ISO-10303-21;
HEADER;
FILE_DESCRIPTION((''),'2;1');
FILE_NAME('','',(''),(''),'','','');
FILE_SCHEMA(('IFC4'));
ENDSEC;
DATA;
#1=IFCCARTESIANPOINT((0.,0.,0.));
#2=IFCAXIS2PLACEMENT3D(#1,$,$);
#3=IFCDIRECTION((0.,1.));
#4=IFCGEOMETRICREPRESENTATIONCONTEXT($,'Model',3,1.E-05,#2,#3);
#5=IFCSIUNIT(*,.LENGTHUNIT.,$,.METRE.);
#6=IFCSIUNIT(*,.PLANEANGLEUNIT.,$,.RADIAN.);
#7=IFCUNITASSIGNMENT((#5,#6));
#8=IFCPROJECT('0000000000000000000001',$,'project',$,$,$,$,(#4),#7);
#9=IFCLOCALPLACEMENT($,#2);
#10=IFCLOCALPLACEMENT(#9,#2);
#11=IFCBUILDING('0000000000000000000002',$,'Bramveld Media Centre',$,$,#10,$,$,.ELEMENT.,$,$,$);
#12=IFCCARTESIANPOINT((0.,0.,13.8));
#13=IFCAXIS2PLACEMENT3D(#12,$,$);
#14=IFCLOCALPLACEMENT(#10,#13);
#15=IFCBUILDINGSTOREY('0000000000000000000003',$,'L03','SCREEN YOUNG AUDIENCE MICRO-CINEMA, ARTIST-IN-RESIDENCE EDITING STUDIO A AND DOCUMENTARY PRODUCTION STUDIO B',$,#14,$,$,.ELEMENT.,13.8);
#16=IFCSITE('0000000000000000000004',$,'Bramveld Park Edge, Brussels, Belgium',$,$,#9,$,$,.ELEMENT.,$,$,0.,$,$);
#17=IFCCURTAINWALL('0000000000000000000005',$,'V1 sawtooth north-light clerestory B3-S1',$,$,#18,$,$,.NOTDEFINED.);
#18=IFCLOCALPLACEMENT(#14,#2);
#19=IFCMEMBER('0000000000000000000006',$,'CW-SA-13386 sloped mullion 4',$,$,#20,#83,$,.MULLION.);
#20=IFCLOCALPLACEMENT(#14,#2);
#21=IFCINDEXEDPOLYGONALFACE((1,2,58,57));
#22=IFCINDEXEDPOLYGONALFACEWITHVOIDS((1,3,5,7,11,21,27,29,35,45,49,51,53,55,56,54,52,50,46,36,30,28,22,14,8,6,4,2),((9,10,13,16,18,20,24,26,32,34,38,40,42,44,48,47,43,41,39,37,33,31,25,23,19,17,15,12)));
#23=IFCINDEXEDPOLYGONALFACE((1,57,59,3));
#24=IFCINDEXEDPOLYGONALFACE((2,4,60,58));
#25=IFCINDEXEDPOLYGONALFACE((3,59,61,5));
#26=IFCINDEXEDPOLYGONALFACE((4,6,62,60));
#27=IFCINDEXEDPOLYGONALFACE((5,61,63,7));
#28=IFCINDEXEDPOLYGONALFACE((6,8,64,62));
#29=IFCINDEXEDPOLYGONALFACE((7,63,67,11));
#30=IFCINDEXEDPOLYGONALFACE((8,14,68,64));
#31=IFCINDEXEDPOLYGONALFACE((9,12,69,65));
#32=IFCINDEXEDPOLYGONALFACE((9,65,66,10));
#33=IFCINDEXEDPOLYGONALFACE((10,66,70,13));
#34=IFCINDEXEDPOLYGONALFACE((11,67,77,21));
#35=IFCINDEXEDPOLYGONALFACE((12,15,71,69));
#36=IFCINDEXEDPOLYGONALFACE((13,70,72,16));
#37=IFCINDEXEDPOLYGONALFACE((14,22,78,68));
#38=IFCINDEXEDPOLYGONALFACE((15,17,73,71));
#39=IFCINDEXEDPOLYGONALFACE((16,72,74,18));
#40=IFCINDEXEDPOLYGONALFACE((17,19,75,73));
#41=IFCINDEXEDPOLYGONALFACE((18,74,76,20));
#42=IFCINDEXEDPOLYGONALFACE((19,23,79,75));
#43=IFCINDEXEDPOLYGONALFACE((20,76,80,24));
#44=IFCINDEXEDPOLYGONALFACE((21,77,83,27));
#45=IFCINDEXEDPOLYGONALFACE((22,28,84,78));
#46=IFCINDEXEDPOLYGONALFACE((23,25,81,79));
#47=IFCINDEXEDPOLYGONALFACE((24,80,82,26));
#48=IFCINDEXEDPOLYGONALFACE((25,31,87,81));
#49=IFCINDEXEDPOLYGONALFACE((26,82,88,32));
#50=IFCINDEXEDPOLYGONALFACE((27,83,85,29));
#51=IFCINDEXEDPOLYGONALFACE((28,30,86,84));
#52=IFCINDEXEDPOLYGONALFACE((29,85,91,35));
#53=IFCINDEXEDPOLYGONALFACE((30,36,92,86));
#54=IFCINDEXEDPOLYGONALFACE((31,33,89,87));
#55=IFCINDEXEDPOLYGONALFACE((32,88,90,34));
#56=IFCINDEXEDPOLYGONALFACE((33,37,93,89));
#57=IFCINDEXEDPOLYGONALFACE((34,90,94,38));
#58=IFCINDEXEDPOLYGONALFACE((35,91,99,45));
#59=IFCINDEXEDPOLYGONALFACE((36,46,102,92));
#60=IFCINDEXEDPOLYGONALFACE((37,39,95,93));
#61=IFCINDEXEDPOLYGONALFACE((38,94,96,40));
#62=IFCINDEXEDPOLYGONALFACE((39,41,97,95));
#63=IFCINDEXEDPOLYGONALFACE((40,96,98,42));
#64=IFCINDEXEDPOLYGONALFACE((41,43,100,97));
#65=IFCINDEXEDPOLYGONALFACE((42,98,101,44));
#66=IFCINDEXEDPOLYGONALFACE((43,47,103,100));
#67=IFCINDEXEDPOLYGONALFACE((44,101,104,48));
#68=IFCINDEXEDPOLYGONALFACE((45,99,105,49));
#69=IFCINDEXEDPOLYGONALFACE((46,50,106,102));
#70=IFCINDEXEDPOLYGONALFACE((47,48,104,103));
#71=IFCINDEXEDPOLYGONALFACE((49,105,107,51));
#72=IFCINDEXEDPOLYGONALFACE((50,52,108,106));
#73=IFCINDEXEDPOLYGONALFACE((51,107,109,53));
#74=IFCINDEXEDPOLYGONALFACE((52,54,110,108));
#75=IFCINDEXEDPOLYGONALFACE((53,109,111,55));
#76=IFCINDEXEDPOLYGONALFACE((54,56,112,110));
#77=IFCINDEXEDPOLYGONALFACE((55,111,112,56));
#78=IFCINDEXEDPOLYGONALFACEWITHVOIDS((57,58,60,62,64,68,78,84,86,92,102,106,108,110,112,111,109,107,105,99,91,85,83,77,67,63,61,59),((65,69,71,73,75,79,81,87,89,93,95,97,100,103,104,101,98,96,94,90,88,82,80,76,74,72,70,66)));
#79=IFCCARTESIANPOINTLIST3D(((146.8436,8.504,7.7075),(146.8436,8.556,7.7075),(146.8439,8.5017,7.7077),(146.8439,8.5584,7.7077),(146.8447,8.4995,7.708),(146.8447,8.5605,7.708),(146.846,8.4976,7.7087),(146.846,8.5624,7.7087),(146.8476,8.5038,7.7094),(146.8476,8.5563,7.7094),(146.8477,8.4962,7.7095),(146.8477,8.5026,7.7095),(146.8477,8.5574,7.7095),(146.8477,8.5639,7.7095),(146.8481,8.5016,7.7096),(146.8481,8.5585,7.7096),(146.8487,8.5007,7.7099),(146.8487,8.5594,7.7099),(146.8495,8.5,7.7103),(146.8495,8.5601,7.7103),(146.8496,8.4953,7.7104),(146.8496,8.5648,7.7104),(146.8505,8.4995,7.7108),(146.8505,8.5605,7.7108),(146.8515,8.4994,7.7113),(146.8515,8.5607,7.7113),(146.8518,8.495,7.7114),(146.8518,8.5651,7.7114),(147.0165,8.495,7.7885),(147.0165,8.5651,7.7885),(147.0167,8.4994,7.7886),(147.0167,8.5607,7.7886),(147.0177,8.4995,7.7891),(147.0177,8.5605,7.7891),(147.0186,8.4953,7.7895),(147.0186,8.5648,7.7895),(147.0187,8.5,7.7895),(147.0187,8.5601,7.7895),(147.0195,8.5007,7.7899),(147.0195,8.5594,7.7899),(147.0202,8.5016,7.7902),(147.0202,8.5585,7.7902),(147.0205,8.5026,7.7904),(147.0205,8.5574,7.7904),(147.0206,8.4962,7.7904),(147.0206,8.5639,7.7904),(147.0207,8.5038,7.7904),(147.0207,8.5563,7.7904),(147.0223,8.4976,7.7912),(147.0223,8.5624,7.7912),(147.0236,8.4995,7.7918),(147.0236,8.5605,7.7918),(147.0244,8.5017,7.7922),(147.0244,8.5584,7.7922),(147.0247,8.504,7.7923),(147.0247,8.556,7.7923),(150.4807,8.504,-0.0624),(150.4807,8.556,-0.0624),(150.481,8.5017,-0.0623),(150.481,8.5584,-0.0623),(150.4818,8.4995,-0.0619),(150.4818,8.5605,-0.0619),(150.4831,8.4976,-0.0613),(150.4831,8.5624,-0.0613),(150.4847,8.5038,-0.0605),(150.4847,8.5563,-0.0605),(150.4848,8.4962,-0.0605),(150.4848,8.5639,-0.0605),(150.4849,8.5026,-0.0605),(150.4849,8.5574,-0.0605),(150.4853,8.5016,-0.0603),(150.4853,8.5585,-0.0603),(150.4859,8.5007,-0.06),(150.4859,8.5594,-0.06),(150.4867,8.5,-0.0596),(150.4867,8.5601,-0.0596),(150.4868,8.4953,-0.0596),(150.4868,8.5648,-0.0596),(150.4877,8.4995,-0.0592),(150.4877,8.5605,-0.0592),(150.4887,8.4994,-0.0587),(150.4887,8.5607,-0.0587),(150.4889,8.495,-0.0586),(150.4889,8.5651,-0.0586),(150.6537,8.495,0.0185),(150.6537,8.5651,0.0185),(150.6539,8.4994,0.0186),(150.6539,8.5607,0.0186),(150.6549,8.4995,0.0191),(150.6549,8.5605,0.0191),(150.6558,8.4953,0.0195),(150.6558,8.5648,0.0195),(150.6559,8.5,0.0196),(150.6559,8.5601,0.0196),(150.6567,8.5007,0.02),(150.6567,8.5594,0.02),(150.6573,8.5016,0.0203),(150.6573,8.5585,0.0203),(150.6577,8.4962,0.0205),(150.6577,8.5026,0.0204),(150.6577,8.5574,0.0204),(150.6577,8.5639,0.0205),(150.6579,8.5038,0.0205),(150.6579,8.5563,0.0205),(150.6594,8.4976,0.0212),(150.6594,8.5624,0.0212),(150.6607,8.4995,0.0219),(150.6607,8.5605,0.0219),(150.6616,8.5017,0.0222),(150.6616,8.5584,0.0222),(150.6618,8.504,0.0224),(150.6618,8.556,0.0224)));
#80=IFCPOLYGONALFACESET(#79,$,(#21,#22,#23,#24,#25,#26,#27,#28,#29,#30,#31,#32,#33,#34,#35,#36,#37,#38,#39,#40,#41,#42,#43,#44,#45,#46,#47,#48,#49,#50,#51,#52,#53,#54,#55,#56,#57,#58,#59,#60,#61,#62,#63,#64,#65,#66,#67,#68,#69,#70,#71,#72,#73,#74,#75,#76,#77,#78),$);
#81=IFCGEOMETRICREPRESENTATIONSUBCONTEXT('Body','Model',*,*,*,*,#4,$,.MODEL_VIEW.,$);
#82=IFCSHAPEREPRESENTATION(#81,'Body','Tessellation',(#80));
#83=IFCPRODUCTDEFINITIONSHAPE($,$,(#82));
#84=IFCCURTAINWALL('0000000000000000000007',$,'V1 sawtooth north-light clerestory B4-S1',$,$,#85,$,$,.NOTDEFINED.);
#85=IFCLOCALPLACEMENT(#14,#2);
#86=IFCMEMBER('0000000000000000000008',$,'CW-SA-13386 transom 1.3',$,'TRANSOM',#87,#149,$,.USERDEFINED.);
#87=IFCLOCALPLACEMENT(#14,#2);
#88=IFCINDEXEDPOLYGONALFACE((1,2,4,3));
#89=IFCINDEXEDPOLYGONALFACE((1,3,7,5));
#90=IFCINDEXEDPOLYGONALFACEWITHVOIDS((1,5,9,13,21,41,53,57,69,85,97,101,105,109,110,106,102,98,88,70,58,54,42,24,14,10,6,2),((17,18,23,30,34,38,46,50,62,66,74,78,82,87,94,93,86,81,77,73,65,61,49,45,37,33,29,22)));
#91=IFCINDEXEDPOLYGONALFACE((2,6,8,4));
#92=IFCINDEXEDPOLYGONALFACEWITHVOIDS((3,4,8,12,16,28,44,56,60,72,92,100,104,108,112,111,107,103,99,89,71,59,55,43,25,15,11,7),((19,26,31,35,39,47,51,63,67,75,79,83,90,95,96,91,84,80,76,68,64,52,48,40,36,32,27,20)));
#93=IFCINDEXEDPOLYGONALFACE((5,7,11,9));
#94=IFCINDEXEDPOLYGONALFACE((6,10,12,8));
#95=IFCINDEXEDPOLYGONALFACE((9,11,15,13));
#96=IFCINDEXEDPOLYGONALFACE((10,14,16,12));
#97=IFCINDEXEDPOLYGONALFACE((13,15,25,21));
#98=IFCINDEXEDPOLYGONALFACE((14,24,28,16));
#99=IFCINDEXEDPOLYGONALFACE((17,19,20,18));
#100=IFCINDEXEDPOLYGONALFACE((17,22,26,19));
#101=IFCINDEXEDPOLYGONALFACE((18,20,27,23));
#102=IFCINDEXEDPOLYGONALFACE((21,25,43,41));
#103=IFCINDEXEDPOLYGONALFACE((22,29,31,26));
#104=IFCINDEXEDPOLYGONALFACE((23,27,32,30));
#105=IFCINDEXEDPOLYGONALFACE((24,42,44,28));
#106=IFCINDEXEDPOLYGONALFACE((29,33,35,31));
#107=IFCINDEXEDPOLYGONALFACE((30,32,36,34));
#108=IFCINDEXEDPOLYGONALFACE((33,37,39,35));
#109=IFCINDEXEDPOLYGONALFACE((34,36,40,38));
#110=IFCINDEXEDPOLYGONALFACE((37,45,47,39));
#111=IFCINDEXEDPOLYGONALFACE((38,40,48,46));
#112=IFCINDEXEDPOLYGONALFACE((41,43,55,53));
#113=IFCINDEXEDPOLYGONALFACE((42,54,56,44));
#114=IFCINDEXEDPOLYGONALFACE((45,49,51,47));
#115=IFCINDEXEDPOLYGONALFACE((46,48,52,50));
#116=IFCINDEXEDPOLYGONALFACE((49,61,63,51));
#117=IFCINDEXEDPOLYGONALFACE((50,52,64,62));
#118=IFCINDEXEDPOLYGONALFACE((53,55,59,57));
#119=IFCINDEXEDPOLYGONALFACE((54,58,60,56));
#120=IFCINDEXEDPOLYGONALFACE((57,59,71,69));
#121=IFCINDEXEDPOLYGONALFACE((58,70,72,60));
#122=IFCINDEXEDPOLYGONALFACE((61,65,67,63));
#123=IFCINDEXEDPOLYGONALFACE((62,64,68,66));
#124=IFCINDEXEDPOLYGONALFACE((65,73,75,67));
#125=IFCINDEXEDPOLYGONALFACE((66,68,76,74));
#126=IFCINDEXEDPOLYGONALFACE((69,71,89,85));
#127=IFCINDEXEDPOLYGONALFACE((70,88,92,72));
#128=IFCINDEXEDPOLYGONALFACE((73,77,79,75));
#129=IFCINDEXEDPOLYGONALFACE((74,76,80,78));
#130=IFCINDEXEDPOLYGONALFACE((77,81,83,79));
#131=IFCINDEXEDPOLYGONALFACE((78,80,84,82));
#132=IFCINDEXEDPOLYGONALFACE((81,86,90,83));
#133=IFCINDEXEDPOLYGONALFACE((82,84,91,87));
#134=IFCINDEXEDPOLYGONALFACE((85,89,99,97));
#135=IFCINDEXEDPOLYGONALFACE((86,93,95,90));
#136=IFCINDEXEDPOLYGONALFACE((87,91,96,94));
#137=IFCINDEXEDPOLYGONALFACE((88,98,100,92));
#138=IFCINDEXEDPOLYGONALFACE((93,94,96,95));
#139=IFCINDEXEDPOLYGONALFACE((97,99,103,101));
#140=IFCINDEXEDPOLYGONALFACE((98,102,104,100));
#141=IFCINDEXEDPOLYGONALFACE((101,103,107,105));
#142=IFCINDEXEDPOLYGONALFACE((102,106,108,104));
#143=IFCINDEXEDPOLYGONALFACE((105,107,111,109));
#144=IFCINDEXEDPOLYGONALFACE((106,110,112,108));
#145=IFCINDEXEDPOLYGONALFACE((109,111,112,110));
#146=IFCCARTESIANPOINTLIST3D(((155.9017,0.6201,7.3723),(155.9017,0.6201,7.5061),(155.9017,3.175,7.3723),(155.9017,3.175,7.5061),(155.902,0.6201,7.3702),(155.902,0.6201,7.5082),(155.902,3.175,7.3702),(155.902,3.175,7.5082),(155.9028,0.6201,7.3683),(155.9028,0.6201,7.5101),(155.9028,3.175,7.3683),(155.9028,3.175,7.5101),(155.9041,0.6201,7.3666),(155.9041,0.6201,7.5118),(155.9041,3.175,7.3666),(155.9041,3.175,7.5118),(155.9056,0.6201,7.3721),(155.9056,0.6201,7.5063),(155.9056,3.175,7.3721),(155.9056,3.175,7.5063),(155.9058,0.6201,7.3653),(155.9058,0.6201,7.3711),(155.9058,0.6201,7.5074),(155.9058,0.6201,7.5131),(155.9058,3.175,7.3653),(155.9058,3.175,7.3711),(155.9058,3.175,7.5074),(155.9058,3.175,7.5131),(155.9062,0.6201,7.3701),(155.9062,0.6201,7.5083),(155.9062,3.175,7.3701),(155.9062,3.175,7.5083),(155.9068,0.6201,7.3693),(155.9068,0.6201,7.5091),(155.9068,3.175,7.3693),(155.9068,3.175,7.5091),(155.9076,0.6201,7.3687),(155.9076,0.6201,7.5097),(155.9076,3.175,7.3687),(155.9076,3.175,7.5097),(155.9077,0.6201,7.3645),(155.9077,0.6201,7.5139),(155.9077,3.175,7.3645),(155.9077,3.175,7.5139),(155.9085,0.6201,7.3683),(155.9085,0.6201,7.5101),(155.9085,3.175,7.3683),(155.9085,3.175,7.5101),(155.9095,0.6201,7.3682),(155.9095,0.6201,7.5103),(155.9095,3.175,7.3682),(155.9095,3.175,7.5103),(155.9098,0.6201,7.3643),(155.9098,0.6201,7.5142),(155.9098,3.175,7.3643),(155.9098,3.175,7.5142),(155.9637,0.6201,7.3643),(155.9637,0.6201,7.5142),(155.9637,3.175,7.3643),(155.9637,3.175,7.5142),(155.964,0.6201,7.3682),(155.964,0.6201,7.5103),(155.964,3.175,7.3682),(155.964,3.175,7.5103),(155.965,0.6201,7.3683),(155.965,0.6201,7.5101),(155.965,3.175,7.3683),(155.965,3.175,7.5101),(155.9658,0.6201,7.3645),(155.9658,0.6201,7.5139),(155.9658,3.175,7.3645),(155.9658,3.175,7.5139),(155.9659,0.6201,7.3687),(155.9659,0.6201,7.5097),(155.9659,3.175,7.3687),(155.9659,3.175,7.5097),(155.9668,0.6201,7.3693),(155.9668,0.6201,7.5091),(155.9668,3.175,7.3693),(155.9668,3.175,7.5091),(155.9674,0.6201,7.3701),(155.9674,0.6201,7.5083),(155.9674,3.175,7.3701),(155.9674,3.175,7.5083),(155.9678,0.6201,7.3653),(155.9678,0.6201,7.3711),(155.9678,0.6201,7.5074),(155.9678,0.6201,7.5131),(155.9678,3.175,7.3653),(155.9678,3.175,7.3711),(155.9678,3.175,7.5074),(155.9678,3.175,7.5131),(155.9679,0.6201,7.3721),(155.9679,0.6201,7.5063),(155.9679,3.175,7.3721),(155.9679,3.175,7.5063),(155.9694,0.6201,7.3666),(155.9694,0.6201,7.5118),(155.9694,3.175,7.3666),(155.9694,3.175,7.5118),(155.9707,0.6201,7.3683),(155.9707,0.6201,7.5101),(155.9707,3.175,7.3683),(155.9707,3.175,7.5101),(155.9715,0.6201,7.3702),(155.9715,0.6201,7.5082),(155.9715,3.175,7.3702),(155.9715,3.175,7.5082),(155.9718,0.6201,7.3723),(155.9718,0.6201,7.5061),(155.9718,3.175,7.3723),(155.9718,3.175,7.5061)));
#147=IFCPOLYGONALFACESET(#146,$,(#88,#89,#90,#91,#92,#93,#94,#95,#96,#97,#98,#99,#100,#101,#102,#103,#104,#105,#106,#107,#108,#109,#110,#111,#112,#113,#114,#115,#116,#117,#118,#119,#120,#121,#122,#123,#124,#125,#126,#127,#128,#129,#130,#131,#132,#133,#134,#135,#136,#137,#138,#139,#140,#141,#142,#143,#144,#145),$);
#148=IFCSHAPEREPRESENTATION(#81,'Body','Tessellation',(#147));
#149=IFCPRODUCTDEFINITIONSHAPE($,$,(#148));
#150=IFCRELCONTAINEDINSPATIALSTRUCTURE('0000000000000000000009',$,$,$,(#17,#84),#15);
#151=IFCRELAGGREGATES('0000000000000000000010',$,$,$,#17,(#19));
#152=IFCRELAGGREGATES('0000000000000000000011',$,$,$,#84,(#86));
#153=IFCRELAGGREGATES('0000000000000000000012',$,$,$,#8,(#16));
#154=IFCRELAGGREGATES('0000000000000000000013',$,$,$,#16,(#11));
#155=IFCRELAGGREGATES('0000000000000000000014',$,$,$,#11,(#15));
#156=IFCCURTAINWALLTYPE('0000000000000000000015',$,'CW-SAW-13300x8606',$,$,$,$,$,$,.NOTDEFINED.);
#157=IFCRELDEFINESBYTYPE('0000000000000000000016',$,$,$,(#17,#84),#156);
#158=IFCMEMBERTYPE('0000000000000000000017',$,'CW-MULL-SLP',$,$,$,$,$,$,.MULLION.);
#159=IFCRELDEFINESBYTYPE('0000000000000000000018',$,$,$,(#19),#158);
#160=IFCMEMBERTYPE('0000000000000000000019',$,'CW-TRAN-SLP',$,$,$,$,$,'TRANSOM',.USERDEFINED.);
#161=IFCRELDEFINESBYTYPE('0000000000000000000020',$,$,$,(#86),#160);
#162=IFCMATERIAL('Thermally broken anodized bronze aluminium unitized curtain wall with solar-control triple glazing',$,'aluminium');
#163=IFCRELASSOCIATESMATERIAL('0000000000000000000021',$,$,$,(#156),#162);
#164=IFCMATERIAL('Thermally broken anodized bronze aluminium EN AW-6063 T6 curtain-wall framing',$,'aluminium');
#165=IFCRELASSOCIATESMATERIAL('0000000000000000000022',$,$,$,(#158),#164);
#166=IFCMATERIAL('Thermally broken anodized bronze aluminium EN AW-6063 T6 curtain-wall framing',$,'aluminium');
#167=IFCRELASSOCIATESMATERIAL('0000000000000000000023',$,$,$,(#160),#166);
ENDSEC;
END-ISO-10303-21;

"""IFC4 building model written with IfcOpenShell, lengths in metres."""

from ifc_helpers import new_model, si_unit, direction, frame, origin, origin_2d, place, context, subcontext, project, spatial, hollow_rectangle, extrude, material, material_profile, profile_set, type_object, element, aggregate, save


model = new_model("IFC4")

# Units and contexts
model_context = context("Model", 3, precision=1e-05, world=origin(), true_north=direction((0.0, 1.0)))
body_context = subcontext(model_context, "Body", "Model", "MODEL_VIEW")
ifc_project = project(units=[si_unit("LENGTHUNIT", "METRE"), si_unit("PLANEANGLEUNIT", "RADIAN")], contexts=[model_context])

# Site, building, storey
site_placement = place(None, origin())
site = spatial("IfcSite", under=ifc_project, at=site_placement, Name="Bramveld Park Edge, Brussels, Belgium", CompositionType="ELEMENT", RefElevation=0.0)
building_placement = place(site_placement, origin())
building = spatial("IfcBuilding", under=site, at=building_placement, Name="Bramveld Media Centre", CompositionType="ELEMENT")
storey_placement = place(building_placement, frame((0.0, 0.0, 13.8)))
storey = spatial("IfcBuildingStorey", under=building, at=storey_placement, Name="L03", Description="SCREEN YOUNG AUDIENCE MICRO-CINEMA, ARTIST-IN-RESIDENCE EDITING STUDIO A AND DOCUMENTARY PRODUCTION STUDIO B", CompositionType="ELEMENT", Elevation=13.8)

# Curtain walls, members
ifc_material_1 = material(Name="Thermally broken anodized bronze aluminium unitized curtain wall with solar-control triple glazing", Category="aluminium")
curtain_wall_type = type_object("IfcCurtainWallType", Name="CW-SAW-13300x8606", PredefinedType="NOTDEFINED", material=ifc_material_1)
curtain_wall_1_placement = place(storey_placement, origin())
curtain_wall_1 = element("IfcCurtainWall", 1, at=curtain_wall_1_placement, inside=storey, type_object=curtain_wall_type, Name="V1 sawtooth north-light clerestory B3-S1", PredefinedType="NOTDEFINED")
ifc_material_2 = material(Name="Thermally broken anodized bronze aluminium EN AW-6063 T6 curtain-wall framing", Category="aluminium")
ifc_material_profile_1 = material_profile(ifc_material_2, hollow_rectangle(XDim=0.0701, YDim=0.2, WallThickness=0.0044, InnerFilletRadius=0.0044, OuterFilletRadius=0.009, at=origin_2d()), Name="AL-MULL 70x200")
ifc_profile_set_1 = profile_set([ifc_material_profile_1], Name="Thermally broken anodized bronze aluminium EN AW-6063 T6 curtain-wall framing")
member_type_1 = type_object("IfcMemberType", Name="CW-MULL-SLP", PredefinedType="MULLION", material=ifc_profile_set_1)
member_1_placement = place(storey_placement, frame((150.5713, 8.53, -0.02), z_axis=(-0.423957, 0.0, 0.905682), x_axis=(0.0, -1.0, 0.0)))
member_1 = element("IfcMember", 2, at=member_1_placement, type_object=member_type_1, Name="CW-SA-13386 sloped mullion 4", PredefinedType="MULLION", context=body_context, shape_type="SweptSolid", body=[
    extrude(hollow_rectangle(XDim=0.0701, YDim=0.2, WallThickness=0.0044, InnerFilletRadius=0.0044, OuterFilletRadius=0.009, at=origin_2d()), origin(), (0.0, 0.0, 1.0), 8.5791),
])
aggregate(curtain_wall_1, [member_1])
curtain_wall_2_placement = place(storey_placement, origin())
curtain_wall_2 = element("IfcCurtainWall", 3, at=curtain_wall_2_placement, inside=storey, type_object=curtain_wall_type, Name="V1 sawtooth north-light clerestory B4-S1", PredefinedType="NOTDEFINED")
ifc_material_3 = material(Name="Thermally broken anodized bronze aluminium EN AW-6063 T6 curtain-wall framing", Category="aluminium")
ifc_material_profile_2 = material_profile(ifc_material_3, hollow_rectangle(XDim=0.0701, YDim=0.1499, WallThickness=0.0039, InnerFilletRadius=0.0039, OuterFilletRadius=0.0081, at=origin_2d()), Name="AL-TRAN 70x150")
ifc_profile_set_2 = profile_set([ifc_material_profile_2], Name="Thermally broken anodized bronze aluminium EN AW-6063 T6 curtain-wall framing")
member_type_2 = type_object("IfcMemberType", Name="CW-TRAN-SLP", ElementType="TRANSOM", PredefinedType="USERDEFINED", material=ifc_profile_set_2)
member_2_placement = place(storey_placement, frame((155.9368, 0.6201, 7.4392), z_axis=(0.0, 1.0, 0.0), x_axis=(-1.0, 0.0, 0.0)))
member_2 = element("IfcMember", 4, at=member_2_placement, type_object=member_type_2, Name="CW-SA-13386 transom 1.3", ObjectType="TRANSOM", PredefinedType="USERDEFINED", context=body_context, shape_type="SweptSolid", body=[
    extrude(hollow_rectangle(XDim=0.0701, YDim=0.1499, WallThickness=0.0039, InnerFilletRadius=0.0039, OuterFilletRadius=0.0081, at=origin_2d()), origin(), (0.0, 0.0, 1.0), 2.5549),
])

aggregate(curtain_wall_2, [member_2])

save(model, "model.ifc")
